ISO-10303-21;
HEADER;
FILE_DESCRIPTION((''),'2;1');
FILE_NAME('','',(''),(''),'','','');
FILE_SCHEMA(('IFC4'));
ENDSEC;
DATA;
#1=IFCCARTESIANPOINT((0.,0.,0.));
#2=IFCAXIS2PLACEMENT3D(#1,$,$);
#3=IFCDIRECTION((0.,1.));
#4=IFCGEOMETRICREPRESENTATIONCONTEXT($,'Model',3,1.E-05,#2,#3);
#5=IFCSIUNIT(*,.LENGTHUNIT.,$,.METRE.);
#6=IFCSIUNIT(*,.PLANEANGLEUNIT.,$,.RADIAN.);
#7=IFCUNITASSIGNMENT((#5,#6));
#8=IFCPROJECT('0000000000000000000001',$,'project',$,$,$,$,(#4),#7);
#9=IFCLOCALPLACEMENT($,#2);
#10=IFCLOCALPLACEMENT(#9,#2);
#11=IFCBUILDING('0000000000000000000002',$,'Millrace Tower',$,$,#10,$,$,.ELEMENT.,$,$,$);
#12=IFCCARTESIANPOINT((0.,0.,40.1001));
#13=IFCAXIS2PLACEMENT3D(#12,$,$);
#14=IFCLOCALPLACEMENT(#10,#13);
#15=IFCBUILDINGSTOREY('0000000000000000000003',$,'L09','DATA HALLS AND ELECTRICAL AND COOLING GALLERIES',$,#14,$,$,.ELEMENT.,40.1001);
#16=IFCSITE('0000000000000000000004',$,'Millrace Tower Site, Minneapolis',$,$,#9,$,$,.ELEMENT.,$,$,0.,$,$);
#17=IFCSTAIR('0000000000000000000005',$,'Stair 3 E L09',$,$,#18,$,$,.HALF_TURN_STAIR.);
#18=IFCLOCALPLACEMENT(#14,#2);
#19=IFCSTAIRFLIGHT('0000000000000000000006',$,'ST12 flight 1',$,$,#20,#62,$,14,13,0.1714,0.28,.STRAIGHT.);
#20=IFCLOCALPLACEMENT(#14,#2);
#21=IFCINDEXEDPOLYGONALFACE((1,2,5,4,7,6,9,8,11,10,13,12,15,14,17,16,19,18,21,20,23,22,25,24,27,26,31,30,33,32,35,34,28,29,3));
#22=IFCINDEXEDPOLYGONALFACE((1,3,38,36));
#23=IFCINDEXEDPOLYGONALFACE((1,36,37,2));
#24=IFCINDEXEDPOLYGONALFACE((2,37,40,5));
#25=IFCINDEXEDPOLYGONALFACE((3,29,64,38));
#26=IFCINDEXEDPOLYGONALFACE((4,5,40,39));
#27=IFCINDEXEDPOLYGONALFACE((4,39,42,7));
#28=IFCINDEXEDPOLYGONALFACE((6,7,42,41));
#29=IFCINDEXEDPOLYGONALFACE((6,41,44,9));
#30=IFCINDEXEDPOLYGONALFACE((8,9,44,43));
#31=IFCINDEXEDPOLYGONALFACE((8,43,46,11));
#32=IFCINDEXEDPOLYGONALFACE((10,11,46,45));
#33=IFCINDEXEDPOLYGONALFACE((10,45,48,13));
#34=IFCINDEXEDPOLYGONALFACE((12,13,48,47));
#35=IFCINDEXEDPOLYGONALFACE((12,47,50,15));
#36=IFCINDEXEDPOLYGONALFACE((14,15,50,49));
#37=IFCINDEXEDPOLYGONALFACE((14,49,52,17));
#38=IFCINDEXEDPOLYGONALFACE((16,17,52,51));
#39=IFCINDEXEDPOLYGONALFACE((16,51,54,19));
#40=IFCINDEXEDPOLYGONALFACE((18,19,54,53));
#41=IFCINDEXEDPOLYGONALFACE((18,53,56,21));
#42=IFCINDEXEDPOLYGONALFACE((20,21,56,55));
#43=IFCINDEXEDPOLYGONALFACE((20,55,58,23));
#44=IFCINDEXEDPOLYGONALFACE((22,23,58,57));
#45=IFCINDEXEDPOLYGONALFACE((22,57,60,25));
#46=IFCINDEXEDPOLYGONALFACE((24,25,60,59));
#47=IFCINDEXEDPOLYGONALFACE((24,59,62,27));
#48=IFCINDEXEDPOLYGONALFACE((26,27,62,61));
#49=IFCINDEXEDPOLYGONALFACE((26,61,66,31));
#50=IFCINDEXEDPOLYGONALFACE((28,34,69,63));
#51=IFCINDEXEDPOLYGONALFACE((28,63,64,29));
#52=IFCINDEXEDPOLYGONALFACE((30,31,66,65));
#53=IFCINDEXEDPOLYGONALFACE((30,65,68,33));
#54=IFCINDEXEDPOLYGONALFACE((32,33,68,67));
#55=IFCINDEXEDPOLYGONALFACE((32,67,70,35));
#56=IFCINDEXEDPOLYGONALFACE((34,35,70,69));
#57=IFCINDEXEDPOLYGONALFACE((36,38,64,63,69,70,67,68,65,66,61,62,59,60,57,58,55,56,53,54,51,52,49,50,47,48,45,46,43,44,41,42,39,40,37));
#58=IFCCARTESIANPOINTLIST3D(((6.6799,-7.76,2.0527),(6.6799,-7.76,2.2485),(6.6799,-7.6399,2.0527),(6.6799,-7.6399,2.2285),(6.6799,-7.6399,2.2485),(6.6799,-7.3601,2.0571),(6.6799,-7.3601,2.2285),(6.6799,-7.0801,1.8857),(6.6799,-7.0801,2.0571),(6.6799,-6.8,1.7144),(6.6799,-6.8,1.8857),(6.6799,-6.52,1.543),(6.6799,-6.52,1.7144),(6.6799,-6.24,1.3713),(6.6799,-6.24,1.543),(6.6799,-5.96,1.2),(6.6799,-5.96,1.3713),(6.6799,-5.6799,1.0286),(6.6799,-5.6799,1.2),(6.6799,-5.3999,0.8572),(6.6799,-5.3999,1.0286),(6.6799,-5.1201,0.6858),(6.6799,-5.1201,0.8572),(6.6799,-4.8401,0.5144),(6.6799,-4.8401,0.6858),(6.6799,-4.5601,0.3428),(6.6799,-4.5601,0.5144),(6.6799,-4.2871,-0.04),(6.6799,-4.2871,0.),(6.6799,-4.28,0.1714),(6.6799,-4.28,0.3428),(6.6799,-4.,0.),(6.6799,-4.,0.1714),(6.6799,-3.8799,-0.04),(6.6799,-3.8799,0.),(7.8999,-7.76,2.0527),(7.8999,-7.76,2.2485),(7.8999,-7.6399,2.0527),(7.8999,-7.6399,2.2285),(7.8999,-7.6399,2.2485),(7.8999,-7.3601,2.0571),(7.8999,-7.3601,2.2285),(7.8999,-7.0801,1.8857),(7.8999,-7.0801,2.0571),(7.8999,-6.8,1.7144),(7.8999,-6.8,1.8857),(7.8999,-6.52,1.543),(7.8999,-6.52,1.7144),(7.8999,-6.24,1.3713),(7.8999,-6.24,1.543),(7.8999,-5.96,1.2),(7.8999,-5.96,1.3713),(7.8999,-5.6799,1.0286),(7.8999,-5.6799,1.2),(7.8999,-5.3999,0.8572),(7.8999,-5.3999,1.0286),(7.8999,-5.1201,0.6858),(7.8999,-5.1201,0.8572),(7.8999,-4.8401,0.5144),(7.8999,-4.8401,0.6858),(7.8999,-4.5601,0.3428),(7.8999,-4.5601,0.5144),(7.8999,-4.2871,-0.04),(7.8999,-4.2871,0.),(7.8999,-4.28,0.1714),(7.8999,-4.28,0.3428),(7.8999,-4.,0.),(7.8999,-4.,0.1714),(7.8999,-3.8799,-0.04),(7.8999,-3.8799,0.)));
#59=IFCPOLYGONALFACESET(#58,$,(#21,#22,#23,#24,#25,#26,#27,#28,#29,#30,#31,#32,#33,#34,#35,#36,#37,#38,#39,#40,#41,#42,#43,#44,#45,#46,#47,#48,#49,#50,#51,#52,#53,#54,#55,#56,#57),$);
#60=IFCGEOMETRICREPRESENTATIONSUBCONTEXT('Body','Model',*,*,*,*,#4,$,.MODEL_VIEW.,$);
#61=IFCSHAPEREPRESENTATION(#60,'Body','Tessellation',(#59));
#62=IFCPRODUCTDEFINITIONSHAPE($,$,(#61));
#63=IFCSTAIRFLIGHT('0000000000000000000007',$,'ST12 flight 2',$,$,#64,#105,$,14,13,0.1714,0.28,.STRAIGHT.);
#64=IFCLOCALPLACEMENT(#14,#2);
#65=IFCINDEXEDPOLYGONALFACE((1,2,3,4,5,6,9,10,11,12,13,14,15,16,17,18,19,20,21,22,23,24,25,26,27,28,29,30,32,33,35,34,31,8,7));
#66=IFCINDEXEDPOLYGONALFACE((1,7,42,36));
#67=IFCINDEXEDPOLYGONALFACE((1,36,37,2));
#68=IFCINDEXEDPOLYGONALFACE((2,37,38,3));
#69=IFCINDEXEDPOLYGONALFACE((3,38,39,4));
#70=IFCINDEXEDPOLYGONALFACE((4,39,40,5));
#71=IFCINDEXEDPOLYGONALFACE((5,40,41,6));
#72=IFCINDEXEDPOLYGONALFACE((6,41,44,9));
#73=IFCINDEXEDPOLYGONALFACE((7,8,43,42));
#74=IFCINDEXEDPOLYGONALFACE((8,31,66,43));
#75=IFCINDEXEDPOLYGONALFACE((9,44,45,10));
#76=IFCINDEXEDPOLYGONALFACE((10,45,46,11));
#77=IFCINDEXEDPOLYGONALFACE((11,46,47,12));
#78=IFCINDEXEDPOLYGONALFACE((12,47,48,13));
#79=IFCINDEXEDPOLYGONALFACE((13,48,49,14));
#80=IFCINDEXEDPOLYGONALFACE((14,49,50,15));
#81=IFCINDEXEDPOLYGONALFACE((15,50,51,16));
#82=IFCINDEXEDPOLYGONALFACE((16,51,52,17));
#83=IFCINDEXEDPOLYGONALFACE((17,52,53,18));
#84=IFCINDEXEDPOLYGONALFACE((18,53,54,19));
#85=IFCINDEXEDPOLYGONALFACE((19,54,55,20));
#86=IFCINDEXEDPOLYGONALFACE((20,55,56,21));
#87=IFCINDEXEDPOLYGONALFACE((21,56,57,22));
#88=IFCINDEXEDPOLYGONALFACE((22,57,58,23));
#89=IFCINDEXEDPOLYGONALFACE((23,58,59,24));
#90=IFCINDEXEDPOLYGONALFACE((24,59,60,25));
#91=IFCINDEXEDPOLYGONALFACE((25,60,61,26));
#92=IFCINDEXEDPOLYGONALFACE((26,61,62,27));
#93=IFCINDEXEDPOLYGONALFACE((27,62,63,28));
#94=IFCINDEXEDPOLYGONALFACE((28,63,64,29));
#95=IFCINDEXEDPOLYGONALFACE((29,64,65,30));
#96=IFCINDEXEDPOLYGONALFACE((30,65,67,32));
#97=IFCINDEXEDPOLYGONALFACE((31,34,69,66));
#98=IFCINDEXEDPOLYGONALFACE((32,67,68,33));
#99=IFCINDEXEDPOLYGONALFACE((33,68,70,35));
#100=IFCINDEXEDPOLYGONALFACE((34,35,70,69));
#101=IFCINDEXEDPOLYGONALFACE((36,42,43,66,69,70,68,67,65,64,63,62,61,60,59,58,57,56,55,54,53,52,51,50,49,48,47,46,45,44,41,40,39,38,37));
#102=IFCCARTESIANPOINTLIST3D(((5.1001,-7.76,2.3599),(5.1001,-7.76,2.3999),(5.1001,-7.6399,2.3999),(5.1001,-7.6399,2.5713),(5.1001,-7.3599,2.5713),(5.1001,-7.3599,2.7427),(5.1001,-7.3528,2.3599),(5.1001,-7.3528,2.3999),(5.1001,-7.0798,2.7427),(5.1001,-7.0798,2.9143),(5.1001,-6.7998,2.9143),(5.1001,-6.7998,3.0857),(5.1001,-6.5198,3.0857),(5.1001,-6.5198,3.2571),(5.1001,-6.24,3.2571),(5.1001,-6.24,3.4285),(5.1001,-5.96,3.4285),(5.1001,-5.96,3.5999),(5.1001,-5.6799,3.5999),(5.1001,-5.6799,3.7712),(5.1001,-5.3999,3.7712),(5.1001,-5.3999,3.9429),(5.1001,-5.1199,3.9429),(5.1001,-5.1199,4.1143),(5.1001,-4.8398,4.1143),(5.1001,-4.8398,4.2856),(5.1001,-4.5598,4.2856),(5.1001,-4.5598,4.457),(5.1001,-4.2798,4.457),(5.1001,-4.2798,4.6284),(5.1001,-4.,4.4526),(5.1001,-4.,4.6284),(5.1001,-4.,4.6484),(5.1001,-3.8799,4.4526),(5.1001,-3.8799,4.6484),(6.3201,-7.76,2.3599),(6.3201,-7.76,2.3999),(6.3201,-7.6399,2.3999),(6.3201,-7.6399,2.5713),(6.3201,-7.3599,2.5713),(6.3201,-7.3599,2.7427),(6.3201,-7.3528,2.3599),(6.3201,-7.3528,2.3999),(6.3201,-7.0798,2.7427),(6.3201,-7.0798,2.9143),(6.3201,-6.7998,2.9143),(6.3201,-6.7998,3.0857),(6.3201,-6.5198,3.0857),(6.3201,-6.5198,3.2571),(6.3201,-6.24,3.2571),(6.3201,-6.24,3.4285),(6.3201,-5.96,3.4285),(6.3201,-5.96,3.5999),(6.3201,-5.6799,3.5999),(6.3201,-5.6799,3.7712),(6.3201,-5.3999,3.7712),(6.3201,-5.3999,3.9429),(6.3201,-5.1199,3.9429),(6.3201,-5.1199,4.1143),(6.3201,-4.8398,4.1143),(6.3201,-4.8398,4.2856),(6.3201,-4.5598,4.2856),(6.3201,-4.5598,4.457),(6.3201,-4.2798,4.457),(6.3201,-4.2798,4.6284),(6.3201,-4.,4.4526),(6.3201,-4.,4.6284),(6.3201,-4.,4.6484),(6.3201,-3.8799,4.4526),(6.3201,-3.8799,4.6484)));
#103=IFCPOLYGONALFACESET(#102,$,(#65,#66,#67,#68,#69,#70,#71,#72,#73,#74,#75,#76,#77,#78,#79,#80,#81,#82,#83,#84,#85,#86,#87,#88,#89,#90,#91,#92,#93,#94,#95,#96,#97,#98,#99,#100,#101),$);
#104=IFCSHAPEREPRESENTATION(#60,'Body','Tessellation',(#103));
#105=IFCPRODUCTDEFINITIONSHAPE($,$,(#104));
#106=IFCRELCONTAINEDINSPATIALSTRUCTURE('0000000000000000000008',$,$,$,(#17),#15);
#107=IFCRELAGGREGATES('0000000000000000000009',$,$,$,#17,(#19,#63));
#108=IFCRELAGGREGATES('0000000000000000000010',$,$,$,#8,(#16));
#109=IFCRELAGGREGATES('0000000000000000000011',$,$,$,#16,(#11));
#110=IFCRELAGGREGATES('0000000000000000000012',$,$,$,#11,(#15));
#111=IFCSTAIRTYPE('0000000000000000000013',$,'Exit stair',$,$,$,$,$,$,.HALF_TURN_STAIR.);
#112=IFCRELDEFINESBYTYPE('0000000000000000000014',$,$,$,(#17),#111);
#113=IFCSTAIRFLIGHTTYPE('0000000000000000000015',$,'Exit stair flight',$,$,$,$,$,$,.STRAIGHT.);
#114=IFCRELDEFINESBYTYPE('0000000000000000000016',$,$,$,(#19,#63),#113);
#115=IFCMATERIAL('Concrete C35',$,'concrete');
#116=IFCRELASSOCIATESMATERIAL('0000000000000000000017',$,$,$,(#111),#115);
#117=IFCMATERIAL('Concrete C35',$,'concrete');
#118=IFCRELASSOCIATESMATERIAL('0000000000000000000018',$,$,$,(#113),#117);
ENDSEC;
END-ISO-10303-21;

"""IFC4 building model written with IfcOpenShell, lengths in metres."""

from ifc_helpers import new_model, si_unit, direction, frame, origin, place, context, subcontext, project, spatial, polyline, outline, extrude, material, type_object, element, aggregate, save


model = new_model("IFC4")

# Units and contexts
model_context = context("Model", 3, precision=1e-05, world=origin(), true_north=direction((0.0, 1.0)))
body_context = subcontext(model_context, "Body", "Model", "MODEL_VIEW")
ifc_project = project(units=[si_unit("LENGTHUNIT", "METRE"), si_unit("PLANEANGLEUNIT", "RADIAN")], contexts=[model_context])

# Site, building, storey
site_placement = place(None, origin())
site = spatial("IfcSite", under=ifc_project, at=site_placement, Name="Millrace Tower Site, Minneapolis", CompositionType="ELEMENT", RefElevation=0.0)
building_placement = place(site_placement, origin())
building = spatial("IfcBuilding", under=site, at=building_placement, Name="Millrace Tower", CompositionType="ELEMENT")
storey_placement = place(building_placement, frame((0.0, 0.0, 40.1001)))
storey = spatial("IfcBuildingStorey", under=building, at=storey_placement, Name="L09", Description="DATA HALLS AND ELECTRICAL AND COOLING GALLERIES", CompositionType="ELEMENT", Elevation=40.1001)

# Shared definitions
placement = place(storey_placement, origin())

# Shared definitions
ifc_material_1 = material(Name="Concrete C35", Category="concrete")
stair_type = type_object("IfcStairType", Name="Exit stair", PredefinedType="HALF_TURN_STAIR", material=ifc_material_1)
ifc_material_2 = material(Name="Concrete C35", Category="concrete")
stair_flight_type = type_object("IfcStairFlightType", Name="Exit stair flight", PredefinedType="STRAIGHT", material=ifc_material_2)

# Stair, stair flights
stair_1 = element("IfcStair", 1, at=placement, inside=storey, type_object=stair_type, Name="Stair 3 E L09", PredefinedType="HALF_TURN_STAIR")
stair_flight_1_placement = place(storey_placement, frame((7.29, -4.0, 0.0), z_axis=(0.0, 0.0, 1.0), x_axis=(0.0, -1.0, 0.0)))
stair_flight_1 = element("IfcStairFlight", 2, at=stair_flight_1_placement, type_object=stair_flight_type, Name="ST12 flight 1", NumberOfRisers=14, NumberOfTreads=13, PredefinedType="STRAIGHT", RiserHeight=0.1714, TreadLength=0.28, context=body_context, shape_type="SweptSolid", body=[
    extrude(outline(polyline([(-0.1201, -0.04), (-0.1201, 0.0), (0.0, 0.0), (0.0, 0.1714), (0.28, 0.1714), (0.28, 0.3428), (0.5601, 0.3428), (0.5601, 0.5144), (0.8401, 0.5144), (0.8401, 0.6858), (1.1201, 0.6858), (1.1201, 0.8572), (1.3999, 0.8572), (1.3999, 1.0286), (1.6799, 1.0286), (1.6799, 1.2), (1.96, 1.2), (1.96, 1.3713), (2.24, 1.3713), (2.24, 1.543), (2.52, 1.543), (2.52, 1.7144), (2.8, 1.7144), (2.8, 1.8857), (3.0801, 1.8857), (3.0801, 2.0571), (3.3601, 2.0571), (3.3601, 2.2285), (3.6399, 2.2285), (3.6399, 2.2485), (3.76, 2.2485), (3.76, 2.0527), (3.6399, 2.0527), (0.2871, 0.0), (0.2871, -0.04), (-0.1201, -0.04)])), frame((0.0, 0.6099, 0.0), z_axis=(0.0, -1.0, 0.0), x_axis=(1.0, 0.0, 0.0)), (0.0, 0.0, 1.0), 1.22),
])
stair_flight_2_placement = place(storey_placement, frame((5.71, -7.6399, 2.3999), z_axis=(0.0, 0.0, 1.0), x_axis=(0.0, 1.0, 0.0)))
stair_flight_2 = element("IfcStairFlight", 3, at=stair_flight_2_placement, type_object=stair_flight_type, Name="ST12 flight 2", NumberOfRisers=14, NumberOfTreads=13, PredefinedType="STRAIGHT", RiserHeight=0.1714, TreadLength=0.28, context=body_context, shape_type="SweptSolid", body=[
    extrude(outline(polyline([(-0.1201, -0.04), (-0.1201, 0.0), (0.0, 0.0), (0.0, 0.1714), (0.28, 0.1714), (0.28, 0.3428), (0.5601, 0.3428), (0.5601, 0.5144), (0.8401, 0.5144), (0.8401, 0.6858), (1.1201, 0.6858), (1.1201, 0.8572), (1.3999, 0.8572), (1.3999, 1.0286), (1.6799, 1.0286), (1.6799, 1.2), (1.96, 1.2), (1.96, 1.3713), (2.24, 1.3713), (2.24, 1.543), (2.52, 1.543), (2.52, 1.7144), (2.8, 1.7144), (2.8, 1.8857), (3.0801, 1.8857), (3.0801, 2.0571), (3.3601, 2.0571), (3.3601, 2.2285), (3.6399, 2.2285), (3.6399, 2.2485), (3.76, 2.2485), (3.76, 2.0527), (3.6399, 2.0527), (0.2871, 0.0), (0.2871, -0.04), (-0.1201, -0.04)])), frame((0.0, 0.6099, 0.0), z_axis=(0.0, -1.0, 0.0), x_axis=(1.0, 0.0, 0.0)), (0.0, 0.0, 1.0), 1.22),
])
aggregate(stair_1, [stair_flight_1, stair_flight_2])

save(model, "model.ifc")
